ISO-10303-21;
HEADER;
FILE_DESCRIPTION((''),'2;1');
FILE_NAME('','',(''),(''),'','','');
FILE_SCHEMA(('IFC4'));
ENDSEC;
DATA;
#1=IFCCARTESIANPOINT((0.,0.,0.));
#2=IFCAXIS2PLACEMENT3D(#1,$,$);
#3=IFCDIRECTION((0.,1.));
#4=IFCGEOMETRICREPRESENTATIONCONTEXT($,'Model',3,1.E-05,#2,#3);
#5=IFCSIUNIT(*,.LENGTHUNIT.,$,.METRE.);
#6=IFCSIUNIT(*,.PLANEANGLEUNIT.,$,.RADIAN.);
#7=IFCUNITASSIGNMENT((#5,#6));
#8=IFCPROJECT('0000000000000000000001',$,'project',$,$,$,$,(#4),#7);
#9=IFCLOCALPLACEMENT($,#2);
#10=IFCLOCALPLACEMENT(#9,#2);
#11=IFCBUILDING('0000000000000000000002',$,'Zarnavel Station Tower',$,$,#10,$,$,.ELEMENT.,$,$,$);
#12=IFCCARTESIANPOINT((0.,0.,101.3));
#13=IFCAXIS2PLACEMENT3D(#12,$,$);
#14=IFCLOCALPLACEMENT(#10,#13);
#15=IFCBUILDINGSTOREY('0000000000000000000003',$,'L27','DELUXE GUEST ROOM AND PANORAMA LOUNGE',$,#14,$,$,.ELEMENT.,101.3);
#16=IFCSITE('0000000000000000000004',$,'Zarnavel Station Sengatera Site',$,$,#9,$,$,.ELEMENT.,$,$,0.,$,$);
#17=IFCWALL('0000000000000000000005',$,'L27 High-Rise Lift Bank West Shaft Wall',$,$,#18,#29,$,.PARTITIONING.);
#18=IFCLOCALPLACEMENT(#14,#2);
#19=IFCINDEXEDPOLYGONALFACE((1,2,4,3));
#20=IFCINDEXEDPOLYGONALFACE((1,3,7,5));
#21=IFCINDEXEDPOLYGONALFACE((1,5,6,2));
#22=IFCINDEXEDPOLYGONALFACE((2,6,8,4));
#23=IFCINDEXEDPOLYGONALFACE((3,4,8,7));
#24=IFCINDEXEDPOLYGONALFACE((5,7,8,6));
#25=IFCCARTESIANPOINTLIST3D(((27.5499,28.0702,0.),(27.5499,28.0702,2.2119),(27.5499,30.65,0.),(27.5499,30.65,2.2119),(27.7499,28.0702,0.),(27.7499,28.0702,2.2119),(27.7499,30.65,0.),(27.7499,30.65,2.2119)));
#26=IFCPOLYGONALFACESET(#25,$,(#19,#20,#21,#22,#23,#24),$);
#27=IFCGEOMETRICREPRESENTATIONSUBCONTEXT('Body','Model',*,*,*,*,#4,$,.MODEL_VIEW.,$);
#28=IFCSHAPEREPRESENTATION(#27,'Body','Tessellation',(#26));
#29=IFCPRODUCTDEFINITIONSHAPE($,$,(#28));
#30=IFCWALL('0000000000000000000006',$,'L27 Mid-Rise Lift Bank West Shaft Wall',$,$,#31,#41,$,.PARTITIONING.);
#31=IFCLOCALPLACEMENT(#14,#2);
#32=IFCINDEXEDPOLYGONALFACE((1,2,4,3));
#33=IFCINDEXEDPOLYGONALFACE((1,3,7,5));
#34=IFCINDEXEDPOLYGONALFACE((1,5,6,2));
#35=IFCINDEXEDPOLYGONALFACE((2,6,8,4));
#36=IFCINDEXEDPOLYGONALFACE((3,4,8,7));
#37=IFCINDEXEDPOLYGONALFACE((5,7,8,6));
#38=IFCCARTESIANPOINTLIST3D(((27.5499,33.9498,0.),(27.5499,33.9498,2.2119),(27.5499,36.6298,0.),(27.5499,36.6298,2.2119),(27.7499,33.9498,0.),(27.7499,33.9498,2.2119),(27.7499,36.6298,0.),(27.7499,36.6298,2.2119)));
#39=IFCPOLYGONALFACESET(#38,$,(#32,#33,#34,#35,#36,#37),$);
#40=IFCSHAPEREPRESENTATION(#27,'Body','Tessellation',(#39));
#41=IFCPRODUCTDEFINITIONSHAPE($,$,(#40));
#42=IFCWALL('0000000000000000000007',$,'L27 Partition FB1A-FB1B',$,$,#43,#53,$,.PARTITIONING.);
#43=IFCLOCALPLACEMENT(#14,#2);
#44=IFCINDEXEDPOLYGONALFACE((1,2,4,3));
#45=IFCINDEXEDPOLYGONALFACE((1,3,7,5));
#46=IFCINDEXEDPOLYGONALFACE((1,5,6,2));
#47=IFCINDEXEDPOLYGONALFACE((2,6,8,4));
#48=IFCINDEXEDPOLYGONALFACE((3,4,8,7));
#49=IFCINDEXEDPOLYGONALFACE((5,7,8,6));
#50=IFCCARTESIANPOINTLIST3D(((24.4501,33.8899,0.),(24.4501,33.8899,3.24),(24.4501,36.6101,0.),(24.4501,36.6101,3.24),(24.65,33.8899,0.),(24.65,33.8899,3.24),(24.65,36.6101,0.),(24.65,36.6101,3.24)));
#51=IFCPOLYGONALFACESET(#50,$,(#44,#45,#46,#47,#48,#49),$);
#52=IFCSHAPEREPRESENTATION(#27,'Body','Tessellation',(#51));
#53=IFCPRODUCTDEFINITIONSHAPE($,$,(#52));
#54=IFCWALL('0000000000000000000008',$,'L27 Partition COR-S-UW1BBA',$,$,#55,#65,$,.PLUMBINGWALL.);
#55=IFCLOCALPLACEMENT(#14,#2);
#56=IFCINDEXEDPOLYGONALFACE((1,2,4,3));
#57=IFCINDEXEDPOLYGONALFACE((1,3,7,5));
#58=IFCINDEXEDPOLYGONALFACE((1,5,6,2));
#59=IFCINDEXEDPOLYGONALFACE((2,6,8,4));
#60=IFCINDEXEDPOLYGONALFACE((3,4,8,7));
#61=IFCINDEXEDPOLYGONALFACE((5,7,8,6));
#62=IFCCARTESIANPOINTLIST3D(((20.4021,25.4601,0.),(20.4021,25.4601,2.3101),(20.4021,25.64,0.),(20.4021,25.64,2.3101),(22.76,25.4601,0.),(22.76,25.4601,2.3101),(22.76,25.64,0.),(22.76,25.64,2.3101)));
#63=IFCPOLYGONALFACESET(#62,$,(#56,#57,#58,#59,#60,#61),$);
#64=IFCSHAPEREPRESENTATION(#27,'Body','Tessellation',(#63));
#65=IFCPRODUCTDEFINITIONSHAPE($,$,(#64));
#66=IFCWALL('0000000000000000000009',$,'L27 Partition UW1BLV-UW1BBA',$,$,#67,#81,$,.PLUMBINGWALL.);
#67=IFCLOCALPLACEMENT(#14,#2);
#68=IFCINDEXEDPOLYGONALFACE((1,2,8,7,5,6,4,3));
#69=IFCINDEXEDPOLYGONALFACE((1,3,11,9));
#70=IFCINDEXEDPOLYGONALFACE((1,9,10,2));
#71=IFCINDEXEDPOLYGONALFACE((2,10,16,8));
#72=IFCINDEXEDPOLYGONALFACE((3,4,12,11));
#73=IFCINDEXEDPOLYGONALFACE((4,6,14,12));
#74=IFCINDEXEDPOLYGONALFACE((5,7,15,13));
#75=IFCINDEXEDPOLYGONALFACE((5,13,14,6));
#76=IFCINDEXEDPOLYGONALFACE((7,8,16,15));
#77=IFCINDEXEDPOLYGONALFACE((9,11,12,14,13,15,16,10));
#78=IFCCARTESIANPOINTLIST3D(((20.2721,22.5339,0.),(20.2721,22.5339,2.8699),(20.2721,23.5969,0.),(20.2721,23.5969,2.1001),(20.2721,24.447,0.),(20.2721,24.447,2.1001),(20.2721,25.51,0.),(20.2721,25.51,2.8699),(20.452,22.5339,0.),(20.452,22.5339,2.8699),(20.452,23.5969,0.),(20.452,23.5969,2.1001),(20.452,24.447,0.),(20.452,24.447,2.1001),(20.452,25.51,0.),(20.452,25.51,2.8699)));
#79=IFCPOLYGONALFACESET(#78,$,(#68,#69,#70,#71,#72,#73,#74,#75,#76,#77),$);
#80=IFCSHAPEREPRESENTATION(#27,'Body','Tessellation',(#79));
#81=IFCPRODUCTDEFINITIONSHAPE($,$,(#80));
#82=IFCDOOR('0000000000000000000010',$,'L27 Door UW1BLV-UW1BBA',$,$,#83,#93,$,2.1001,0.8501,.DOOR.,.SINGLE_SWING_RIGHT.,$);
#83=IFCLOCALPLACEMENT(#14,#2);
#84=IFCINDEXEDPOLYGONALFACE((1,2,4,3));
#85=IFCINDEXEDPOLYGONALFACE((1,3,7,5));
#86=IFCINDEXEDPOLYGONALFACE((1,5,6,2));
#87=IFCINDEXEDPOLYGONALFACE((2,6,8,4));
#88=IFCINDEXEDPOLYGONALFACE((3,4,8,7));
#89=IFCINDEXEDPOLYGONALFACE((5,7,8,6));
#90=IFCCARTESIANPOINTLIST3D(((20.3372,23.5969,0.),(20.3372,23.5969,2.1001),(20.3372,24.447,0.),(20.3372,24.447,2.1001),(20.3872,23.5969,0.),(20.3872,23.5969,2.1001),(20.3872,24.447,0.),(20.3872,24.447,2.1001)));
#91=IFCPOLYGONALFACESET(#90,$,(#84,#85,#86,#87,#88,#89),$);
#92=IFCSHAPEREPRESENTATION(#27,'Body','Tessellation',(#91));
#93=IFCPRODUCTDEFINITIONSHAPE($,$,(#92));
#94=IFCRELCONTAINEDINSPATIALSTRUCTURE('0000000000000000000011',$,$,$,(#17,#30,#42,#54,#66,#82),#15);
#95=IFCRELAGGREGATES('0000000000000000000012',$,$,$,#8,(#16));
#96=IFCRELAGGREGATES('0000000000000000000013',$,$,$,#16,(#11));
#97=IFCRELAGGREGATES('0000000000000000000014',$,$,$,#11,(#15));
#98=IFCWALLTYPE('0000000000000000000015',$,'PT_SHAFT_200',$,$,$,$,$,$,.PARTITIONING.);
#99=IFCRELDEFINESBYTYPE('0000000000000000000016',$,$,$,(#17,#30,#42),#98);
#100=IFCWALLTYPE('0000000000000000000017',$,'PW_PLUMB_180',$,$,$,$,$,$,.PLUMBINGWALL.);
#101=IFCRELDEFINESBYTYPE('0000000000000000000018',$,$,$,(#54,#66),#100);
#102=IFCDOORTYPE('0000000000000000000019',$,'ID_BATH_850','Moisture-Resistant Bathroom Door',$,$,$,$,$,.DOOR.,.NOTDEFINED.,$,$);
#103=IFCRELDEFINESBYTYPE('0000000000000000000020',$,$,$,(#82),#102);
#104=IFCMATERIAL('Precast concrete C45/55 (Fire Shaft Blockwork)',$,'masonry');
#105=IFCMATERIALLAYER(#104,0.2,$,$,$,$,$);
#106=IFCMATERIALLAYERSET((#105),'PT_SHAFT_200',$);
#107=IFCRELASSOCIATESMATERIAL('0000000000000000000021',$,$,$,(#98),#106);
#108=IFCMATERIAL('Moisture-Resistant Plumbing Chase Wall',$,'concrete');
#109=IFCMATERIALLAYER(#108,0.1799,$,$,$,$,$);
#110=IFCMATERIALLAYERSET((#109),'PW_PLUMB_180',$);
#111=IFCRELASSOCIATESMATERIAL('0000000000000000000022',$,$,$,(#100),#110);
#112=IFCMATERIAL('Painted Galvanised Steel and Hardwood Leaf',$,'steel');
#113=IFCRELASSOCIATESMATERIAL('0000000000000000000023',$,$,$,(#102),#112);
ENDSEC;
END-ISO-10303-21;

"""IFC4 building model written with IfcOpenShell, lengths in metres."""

from ifc_helpers import new_model, si_unit, direction, frame, frame_2d, origin, place, context, subcontext, project, spatial, rectangle, extrude, material, layer, layer_set, type_object, element, fill, save


model = new_model("IFC4")

# Units and contexts
model_context = context("Model", 3, precision=1e-05, world=origin(), true_north=direction((0.0, 1.0)))
body_context = subcontext(model_context, "Body", "Model", "MODEL_VIEW")
ifc_project = project(units=[si_unit("LENGTHUNIT", "METRE"), si_unit("PLANEANGLEUNIT", "RADIAN")], contexts=[model_context])

# Site, building, storey
site_placement = place(None, origin())
site = spatial("IfcSite", under=ifc_project, at=site_placement, Name="Zarnavel Station Sengatera Site", CompositionType="ELEMENT", RefElevation=0.0)
building_placement = place(site_placement, origin())
building = spatial("IfcBuilding", under=site, at=building_placement, Name="Zarnavel Station Tower", CompositionType="ELEMENT")
storey_placement = place(building_placement, frame((0.0, 0.0, 101.3)))
storey = spatial("IfcBuildingStorey", under=building, at=storey_placement, Name="L27", Description="DELUXE GUEST ROOM AND PANORAMA LOUNGE", CompositionType="ELEMENT", Elevation=101.3)

# Walls
ifc_material_1 = material(Name="Precast concrete C45/55 (Fire Shaft Blockwork)", Category="masonry")
ifc_layer_1 = layer(ifc_material_1, 0.2)
ifc_layer_set_1 = layer_set([ifc_layer_1], Name="PT_SHAFT_200")
wall_type_1 = type_object("IfcWallType", Name="PT_SHAFT_200", PredefinedType="PARTITIONING", material=ifc_layer_set_1)
wall_1_placement = place(storey_placement, frame((27.6499, 28.0701, 0.0), z_axis=(0.0, 0.0, 1.0), x_axis=(0.0, 1.0, 0.0)))
element("IfcWall", 1, at=wall_1_placement, inside=storey, type_object=wall_type_1, Name="L27 High-Rise Lift Bank West Shaft Wall", PredefinedType="PARTITIONING", context=body_context, shape_type="SweptSolid", body=[
    extrude(rectangle(XDim=2.5798, YDim=0.2, at=frame_2d((1.29, 0.0))), origin(), (0.0, 0.0, 1.0), 2.2119),
])
wall_2_placement = place(storey_placement, frame((27.6499, 33.95, 0.0), z_axis=(0.0, 0.0, 1.0), x_axis=(0.0, 1.0, 0.0)))
element("IfcWall", 2, at=wall_2_placement, inside=storey, type_object=wall_type_1, Name="L27 Mid-Rise Lift Bank West Shaft Wall", PredefinedType="PARTITIONING", context=body_context, shape_type="SweptSolid", body=[
    extrude(rectangle(XDim=2.6799, YDim=0.2, at=frame_2d((1.3398, 0.0))), origin(), (0.0, 0.0, 1.0), 2.2119),
])

# Walls
wall_3_placement = place(storey_placement, frame((24.55, 33.8899, 0.0), z_axis=(0.0, 0.0, 1.0), x_axis=(0.0, 1.0, 0.0)))
element("IfcWall", 3, at=wall_3_placement, inside=storey, type_object=wall_type_1, Name="L27 Partition FB1A-FB1B", PredefinedType="PARTITIONING", context=body_context, shape_type="SweptSolid", body=[
    extrude(rectangle(XDim=2.7202, YDim=0.2, at=frame_2d((1.3601, 0.0))), origin(), (0.0, 0.0, 1.0), 3.24),
])
ifc_material_2 = material(Name="Moisture-Resistant Plumbing Chase Wall", Category="concrete")
ifc_layer_2 = layer(ifc_material_2, 0.1799)
ifc_layer_set_2 = layer_set([ifc_layer_2], Name="PW_PLUMB_180")
wall_type_2 = type_object("IfcWallType", Name="PW_PLUMB_180", PredefinedType="PLUMBINGWALL", material=ifc_layer_set_2)
wall_4_placement = place(storey_placement, frame((20.4021, 25.55, 0.0), z_axis=(0.0, 0.0, 1.0), x_axis=(1.0, 0.0, 0.0)))
element("IfcWall", 4, at=wall_4_placement, inside=storey, type_object=wall_type_2, Name="L27 Partition COR-S-UW1BBA", PredefinedType="PLUMBINGWALL", context=body_context, shape_type="SweptSolid", body=[
    extrude(rectangle(XDim=2.3579, YDim=0.1799, at=frame_2d((1.179, 0.0))), origin(), (0.0, 0.0, 1.0), 2.3101),
])

# Wall, opening, door
wall_5_placement = place(storey_placement, frame((20.3621, 22.5339, 0.0), z_axis=(0.0, 0.0, 1.0), x_axis=(0.0, 1.0, 0.0)))
wall_5 = element("IfcWall", 5, at=wall_5_placement, inside=storey, type_object=wall_type_2, Name="L27 Partition UW1BLV-UW1BBA", PredefinedType="PLUMBINGWALL", context=body_context, shape_type="SweptSolid", body=[
    extrude(rectangle(XDim=2.9761, YDim=0.1799, at=frame_2d((1.488, 0.0))), origin(), (0.0, 0.0, 1.0), 2.8699),
])
opening_1_placement = place(wall_5_placement, frame((1.063, 0.0, 0.0)))
opening_1 = element("IfcOpeningElement", 6, at=opening_1_placement, cuts=wall_5, PredefinedType="OPENING", context=body_context, shape_type="SweptSolid", body=[
    extrude(rectangle(XDim=0.8501, YDim=2.1001, at=frame_2d((0.425, 1.05))), frame((0.0, 0.0999, 0.0), z_axis=(0.0, -1.0, 0.0), x_axis=(1.0, 0.0, 0.0)), (0.0, 0.0, 1.0), 0.2),
])
ifc_material_3 = material(Name="Painted Galvanised Steel and Hardwood Leaf", Category="steel")
door_type_1 = type_object("IfcDoorType", Name="ID_BATH_850", Description="Moisture-Resistant Bathroom Door", OperationType="NOTDEFINED", PredefinedType="DOOR", material=ifc_material_3)
door_1_placement = place(opening_1_placement, origin())
door_1 = element("IfcDoor", 7, at=door_1_placement, inside=storey, type_object=door_type_1, Name="L27 Door UW1BLV-UW1BBA", OperationType="SINGLE_SWING_RIGHT", OverallHeight=2.1001, OverallWidth=0.8501, PredefinedType="DOOR", context=body_context, shape_type="SweptSolid", body=[
    extrude(rectangle(XDim=0.8501, YDim=2.1001, at=frame_2d((0.425, 1.05))), frame((0.0, 0.0249, 0.0), z_axis=(0.0, -1.0, 0.0), x_axis=(1.0, 0.0, 0.0)), (0.0, 0.0, 1.0), 0.05),
])
fill(opening_1, door_1)

save(model, "model.ifc")
